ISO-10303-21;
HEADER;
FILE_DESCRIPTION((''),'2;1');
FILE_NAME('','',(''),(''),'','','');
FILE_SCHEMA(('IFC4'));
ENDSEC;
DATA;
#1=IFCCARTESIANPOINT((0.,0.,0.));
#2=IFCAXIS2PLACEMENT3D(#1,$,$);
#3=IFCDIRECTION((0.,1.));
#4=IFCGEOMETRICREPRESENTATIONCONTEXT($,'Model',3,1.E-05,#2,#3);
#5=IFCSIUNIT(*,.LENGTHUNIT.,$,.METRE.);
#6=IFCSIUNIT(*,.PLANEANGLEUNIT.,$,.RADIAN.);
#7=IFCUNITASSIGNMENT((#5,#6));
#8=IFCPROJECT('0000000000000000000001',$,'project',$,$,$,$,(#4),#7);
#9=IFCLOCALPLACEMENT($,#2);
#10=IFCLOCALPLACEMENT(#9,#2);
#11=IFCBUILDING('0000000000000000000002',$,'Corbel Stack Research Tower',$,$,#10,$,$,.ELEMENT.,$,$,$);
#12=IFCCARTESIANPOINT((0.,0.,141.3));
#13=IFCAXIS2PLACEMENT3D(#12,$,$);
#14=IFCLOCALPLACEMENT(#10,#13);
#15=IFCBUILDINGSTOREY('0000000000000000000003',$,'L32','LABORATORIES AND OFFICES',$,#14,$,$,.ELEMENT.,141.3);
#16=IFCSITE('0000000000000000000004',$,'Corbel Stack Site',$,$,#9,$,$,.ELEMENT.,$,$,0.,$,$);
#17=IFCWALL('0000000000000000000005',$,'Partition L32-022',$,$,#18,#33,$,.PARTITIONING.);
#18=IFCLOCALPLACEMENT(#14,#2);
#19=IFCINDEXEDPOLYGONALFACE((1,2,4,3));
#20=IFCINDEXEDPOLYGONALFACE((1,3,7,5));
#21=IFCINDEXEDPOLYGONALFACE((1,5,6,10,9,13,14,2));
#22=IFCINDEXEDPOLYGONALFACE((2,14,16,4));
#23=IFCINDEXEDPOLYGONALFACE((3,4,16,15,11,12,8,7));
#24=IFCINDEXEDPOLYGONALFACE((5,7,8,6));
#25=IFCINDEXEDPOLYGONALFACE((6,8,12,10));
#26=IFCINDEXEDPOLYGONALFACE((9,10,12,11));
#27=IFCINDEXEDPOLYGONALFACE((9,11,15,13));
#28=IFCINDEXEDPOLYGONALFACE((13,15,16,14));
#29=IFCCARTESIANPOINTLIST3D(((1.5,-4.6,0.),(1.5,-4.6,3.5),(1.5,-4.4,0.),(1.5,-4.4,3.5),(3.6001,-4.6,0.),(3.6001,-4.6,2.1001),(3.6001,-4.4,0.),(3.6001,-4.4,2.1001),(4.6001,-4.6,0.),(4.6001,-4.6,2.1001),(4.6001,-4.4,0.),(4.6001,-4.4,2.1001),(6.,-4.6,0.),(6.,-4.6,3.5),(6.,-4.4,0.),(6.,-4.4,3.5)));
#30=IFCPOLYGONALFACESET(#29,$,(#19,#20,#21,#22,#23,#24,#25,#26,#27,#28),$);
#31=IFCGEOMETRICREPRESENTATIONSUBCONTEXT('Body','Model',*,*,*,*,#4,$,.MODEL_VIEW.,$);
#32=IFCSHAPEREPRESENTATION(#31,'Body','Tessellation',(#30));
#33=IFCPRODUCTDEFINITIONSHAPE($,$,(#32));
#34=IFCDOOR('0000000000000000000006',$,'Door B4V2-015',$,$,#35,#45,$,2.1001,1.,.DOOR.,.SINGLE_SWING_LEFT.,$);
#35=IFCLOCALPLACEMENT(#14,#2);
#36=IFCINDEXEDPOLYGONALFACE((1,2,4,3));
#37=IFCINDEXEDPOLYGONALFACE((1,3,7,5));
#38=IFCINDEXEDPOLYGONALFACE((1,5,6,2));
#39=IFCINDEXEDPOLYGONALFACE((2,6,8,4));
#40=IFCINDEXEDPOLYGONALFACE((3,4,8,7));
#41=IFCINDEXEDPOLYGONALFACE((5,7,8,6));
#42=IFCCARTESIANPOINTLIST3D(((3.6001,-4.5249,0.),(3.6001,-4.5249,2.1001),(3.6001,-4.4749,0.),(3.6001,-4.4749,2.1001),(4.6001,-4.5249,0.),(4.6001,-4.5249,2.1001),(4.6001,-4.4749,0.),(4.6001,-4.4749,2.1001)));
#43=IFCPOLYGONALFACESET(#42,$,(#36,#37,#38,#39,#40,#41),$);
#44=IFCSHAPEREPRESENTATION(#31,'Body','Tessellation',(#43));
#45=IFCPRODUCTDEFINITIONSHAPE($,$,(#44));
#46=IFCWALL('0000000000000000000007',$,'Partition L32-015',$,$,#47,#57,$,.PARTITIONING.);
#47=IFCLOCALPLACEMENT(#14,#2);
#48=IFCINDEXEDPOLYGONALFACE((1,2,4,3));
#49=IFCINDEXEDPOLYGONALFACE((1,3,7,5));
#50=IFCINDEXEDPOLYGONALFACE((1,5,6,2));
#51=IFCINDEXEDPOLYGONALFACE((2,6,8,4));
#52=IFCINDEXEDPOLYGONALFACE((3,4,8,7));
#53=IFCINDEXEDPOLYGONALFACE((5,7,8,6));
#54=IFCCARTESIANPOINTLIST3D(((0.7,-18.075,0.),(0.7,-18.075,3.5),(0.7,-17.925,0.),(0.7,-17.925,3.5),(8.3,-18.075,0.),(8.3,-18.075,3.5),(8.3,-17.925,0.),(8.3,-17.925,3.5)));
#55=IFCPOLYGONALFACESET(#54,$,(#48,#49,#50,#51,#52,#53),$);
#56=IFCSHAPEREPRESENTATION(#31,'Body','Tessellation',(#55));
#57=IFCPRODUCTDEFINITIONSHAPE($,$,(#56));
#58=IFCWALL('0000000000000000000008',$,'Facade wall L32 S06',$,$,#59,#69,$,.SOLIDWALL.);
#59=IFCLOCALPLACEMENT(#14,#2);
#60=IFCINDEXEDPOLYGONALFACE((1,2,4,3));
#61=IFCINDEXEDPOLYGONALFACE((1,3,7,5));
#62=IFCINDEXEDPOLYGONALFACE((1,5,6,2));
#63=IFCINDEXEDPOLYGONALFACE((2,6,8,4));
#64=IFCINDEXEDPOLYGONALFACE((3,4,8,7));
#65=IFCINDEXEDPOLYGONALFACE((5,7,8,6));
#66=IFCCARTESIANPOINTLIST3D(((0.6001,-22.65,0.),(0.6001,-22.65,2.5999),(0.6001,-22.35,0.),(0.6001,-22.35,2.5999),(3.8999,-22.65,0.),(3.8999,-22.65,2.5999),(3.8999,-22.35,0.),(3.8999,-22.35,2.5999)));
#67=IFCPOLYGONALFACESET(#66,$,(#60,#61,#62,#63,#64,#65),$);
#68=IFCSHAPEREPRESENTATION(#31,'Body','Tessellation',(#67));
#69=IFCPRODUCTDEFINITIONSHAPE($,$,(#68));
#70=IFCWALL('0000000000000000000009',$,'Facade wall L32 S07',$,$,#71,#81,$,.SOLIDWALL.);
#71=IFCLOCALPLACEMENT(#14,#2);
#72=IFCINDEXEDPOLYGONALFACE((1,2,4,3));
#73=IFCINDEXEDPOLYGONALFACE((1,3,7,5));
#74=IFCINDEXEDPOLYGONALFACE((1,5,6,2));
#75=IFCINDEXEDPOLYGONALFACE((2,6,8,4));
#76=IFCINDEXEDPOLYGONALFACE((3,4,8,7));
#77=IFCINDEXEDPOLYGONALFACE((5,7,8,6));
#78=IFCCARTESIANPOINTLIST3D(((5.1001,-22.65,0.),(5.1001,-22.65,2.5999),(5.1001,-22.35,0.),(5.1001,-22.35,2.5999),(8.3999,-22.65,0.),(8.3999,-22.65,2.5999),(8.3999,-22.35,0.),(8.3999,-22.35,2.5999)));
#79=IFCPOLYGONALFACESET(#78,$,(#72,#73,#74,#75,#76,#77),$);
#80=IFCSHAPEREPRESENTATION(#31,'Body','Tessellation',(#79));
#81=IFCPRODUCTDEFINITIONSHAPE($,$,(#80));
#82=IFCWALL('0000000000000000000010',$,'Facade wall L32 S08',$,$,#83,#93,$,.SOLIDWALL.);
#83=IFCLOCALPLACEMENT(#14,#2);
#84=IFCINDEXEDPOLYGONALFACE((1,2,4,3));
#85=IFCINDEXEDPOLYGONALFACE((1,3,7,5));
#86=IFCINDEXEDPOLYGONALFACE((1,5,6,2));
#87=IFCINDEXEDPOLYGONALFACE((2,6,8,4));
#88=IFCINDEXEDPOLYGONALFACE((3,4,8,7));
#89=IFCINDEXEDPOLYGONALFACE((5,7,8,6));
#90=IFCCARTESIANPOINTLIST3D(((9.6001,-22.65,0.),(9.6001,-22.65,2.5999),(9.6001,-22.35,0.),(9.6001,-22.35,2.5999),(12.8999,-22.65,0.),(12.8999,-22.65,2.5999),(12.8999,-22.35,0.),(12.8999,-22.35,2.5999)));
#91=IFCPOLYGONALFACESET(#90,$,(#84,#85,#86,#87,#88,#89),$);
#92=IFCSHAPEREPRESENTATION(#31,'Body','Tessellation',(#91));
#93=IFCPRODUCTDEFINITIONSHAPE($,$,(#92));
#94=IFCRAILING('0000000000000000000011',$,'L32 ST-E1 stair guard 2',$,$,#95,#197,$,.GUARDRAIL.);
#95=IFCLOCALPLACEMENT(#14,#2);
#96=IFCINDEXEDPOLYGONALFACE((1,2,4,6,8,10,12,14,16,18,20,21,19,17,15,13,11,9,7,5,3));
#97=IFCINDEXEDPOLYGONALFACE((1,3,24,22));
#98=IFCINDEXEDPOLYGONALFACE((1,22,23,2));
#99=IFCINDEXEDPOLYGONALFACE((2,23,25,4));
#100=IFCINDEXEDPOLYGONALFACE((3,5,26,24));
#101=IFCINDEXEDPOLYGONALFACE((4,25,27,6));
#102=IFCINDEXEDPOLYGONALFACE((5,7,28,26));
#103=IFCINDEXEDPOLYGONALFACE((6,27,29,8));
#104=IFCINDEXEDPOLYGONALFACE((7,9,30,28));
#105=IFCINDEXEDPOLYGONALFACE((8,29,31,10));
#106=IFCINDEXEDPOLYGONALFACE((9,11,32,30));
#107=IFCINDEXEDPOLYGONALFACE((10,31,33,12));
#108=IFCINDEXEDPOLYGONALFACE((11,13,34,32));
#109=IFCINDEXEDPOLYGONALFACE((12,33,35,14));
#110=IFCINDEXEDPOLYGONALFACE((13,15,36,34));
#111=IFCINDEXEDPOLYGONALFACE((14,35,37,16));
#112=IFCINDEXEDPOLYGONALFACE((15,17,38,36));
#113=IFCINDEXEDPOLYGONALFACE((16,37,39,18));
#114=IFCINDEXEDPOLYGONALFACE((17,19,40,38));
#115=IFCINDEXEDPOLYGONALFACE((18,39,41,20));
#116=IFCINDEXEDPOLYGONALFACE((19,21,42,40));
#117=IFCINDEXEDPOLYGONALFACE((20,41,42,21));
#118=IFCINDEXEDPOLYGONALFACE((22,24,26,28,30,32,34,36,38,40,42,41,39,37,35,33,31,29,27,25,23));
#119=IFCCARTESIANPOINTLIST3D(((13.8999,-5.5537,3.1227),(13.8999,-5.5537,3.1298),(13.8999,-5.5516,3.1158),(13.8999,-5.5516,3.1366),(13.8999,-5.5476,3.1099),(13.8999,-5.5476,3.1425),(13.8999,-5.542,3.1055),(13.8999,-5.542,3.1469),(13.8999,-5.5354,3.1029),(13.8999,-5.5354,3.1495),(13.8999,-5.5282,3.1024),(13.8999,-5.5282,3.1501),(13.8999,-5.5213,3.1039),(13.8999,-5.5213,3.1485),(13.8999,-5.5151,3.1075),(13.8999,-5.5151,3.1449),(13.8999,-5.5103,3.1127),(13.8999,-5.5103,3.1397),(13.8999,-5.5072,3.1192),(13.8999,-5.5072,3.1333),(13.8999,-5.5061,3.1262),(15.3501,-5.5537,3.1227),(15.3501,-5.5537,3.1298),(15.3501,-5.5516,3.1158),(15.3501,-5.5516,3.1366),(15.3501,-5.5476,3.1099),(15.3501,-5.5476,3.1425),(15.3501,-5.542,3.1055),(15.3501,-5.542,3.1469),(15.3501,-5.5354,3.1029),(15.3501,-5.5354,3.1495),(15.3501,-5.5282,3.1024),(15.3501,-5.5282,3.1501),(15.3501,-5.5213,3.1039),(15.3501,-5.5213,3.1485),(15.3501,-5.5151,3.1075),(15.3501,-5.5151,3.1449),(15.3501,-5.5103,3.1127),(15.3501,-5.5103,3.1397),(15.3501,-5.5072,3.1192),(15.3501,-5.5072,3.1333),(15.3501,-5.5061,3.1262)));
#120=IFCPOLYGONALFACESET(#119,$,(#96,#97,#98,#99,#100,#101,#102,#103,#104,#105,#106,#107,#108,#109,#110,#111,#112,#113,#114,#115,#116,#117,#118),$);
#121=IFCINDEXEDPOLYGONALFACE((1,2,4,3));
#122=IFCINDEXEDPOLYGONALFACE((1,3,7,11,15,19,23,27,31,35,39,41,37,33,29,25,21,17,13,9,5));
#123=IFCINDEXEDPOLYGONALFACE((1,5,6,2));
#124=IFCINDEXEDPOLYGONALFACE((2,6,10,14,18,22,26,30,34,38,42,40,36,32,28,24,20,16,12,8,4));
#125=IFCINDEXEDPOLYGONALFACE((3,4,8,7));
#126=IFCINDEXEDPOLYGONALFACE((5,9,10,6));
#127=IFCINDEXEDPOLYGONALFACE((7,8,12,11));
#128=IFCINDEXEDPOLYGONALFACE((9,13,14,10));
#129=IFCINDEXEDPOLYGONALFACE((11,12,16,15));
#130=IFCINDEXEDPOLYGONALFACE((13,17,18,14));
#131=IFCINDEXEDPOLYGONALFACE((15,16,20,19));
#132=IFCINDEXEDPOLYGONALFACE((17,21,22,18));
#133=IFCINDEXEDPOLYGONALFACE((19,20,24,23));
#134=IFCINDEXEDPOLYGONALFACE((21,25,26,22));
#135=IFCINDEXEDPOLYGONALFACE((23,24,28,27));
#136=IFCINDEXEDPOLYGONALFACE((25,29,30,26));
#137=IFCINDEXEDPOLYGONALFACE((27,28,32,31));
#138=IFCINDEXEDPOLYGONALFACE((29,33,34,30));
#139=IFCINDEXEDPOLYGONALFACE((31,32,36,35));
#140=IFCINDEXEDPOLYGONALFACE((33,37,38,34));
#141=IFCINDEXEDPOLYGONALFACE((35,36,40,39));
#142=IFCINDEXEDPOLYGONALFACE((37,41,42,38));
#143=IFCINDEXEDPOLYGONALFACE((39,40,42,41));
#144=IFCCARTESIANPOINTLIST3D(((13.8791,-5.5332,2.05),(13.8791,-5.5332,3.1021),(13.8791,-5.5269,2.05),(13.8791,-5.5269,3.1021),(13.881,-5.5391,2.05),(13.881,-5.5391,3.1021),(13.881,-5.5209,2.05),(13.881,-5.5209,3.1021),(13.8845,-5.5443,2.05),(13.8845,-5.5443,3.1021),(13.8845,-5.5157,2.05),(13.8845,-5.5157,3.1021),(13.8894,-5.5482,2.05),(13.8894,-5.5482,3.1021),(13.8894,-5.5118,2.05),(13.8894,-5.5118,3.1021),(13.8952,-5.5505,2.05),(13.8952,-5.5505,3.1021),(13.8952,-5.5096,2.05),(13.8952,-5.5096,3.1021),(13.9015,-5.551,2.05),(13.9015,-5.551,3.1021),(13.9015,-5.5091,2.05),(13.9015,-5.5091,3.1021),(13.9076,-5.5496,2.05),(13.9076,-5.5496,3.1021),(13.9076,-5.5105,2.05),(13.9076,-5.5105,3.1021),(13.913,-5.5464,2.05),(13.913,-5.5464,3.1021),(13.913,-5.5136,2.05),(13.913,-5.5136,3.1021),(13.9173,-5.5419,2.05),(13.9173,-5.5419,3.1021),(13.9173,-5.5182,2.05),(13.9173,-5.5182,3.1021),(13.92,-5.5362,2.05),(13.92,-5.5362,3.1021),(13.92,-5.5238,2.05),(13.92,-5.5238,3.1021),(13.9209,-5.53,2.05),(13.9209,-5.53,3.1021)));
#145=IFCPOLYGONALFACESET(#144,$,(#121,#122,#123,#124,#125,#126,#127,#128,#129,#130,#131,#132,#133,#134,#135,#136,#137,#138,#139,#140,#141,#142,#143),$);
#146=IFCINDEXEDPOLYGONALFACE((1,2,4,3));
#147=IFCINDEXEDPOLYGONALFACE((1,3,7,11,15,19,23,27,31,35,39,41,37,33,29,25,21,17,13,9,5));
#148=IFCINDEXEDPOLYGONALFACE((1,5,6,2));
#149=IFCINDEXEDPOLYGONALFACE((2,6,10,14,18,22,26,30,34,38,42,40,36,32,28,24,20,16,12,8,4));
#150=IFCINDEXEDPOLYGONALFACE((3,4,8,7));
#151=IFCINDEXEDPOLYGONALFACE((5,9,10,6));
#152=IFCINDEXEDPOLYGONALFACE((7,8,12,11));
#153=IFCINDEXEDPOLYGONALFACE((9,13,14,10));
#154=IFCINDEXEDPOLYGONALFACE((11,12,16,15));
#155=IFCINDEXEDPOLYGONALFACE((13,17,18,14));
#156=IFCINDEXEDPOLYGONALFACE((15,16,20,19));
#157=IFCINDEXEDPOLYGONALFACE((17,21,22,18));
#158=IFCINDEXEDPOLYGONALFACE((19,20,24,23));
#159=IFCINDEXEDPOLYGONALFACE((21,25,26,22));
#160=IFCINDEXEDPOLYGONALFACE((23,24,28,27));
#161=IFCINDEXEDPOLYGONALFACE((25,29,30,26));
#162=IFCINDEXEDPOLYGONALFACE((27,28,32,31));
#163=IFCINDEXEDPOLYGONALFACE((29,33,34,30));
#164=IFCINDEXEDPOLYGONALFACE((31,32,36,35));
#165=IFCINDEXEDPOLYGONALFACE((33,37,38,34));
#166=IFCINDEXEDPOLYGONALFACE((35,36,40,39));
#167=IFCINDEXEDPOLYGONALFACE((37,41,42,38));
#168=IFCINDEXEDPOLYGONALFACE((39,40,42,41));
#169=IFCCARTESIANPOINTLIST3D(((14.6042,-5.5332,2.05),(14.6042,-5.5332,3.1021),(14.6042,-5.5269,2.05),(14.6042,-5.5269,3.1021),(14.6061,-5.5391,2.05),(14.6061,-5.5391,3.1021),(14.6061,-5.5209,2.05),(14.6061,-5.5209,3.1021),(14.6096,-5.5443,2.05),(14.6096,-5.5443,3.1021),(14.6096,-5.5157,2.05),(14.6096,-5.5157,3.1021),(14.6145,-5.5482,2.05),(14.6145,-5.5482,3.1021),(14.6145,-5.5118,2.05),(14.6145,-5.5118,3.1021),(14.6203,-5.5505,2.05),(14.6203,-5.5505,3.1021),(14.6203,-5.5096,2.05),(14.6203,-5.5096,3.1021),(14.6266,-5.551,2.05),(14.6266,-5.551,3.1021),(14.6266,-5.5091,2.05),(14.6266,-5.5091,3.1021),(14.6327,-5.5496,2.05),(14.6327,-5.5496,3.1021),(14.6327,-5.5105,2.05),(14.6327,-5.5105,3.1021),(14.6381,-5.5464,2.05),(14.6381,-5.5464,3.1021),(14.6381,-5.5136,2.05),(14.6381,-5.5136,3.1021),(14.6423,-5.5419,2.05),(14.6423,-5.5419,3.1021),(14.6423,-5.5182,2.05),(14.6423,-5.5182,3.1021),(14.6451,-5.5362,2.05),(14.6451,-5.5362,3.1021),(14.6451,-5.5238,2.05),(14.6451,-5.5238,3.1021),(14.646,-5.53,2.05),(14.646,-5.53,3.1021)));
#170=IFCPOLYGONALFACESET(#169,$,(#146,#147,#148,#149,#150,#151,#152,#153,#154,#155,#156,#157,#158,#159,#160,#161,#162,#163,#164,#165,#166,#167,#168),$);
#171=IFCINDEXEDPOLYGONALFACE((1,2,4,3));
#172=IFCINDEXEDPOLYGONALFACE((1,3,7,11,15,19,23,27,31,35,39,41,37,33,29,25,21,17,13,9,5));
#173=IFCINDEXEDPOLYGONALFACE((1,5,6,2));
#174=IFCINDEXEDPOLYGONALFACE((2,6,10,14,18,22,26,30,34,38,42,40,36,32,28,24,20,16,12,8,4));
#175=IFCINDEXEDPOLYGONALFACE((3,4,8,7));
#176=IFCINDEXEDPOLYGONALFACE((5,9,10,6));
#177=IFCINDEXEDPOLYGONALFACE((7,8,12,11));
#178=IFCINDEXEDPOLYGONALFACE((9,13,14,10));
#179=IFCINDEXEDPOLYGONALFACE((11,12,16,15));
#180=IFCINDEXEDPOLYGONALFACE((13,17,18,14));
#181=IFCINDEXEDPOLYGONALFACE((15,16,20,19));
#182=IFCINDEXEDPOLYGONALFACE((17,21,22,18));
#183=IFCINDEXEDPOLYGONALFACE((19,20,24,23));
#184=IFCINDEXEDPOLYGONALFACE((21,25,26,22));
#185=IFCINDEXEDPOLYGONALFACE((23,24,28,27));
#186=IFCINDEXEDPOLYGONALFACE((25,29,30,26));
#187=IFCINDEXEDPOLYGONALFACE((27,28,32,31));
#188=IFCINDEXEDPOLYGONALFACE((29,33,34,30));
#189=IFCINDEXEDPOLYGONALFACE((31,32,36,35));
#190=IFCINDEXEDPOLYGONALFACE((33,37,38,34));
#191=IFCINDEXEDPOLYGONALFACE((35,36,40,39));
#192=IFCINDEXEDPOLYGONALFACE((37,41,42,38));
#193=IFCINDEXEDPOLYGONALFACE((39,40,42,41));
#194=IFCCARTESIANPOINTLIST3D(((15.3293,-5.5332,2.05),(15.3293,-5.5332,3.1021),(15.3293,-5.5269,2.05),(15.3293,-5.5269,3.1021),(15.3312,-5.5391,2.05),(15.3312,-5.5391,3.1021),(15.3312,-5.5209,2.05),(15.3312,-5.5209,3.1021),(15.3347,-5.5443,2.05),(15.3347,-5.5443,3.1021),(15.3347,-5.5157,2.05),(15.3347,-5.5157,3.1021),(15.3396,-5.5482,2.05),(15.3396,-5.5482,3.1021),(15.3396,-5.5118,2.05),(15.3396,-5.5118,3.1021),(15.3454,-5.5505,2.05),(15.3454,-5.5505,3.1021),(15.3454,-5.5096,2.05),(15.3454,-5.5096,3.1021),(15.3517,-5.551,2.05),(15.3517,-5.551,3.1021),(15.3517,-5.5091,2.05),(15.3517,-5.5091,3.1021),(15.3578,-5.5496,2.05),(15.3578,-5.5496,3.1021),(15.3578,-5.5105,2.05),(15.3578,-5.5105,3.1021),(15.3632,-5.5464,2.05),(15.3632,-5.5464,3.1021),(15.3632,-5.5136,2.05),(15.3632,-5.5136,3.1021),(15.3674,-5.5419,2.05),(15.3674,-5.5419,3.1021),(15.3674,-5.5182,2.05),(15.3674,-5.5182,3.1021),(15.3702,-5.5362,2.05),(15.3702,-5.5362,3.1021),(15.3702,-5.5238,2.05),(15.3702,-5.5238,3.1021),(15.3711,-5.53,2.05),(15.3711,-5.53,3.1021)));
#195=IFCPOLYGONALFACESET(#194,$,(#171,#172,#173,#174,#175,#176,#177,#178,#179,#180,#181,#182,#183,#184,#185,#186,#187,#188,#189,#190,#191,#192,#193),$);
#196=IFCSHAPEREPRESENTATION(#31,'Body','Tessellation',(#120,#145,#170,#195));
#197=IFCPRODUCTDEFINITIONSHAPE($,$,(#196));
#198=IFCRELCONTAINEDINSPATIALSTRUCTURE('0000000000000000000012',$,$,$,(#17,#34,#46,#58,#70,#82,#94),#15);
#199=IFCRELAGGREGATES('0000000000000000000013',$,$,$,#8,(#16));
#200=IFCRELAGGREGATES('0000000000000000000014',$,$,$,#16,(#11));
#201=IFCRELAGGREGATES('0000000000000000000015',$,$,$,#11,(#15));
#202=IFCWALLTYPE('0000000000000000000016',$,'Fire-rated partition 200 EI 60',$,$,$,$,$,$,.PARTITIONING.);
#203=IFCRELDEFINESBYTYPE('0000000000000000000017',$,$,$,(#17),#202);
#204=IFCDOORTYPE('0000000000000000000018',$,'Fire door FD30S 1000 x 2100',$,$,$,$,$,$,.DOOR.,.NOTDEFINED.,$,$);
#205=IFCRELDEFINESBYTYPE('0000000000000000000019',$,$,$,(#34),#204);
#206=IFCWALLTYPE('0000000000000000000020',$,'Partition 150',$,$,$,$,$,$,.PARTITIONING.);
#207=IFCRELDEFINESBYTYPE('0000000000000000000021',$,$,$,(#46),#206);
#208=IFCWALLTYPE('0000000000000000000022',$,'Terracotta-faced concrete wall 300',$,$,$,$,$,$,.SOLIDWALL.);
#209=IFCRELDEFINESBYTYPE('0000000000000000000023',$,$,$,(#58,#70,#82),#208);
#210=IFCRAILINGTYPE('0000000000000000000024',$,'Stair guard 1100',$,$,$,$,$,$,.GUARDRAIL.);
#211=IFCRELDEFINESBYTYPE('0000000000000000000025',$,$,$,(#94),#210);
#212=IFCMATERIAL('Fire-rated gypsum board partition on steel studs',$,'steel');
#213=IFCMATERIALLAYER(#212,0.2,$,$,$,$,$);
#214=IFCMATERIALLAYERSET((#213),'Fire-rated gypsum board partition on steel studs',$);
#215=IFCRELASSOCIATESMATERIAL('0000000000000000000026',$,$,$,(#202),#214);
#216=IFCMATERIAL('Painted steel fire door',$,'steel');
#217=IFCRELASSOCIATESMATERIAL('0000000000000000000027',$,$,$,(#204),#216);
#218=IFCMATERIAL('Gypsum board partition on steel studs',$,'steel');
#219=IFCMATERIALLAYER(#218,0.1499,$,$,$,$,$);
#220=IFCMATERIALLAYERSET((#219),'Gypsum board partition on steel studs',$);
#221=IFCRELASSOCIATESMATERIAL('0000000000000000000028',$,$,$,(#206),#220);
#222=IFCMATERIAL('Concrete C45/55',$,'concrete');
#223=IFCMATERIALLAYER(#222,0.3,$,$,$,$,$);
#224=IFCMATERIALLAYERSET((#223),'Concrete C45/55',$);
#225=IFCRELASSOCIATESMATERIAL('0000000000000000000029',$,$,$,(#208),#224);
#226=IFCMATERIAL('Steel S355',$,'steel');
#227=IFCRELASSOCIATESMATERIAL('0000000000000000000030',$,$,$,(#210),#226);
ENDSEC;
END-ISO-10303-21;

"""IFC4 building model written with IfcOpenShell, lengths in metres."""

from ifc_helpers import new_model, si_unit, direction, frame, frame_2d, origin, origin_2d, place, context, subcontext, project, spatial, rectangle, circle, extrude, material, layer, layer_set, type_object, element, fill, save


model = new_model("IFC4")

# Units and contexts
model_context = context("Model", 3, precision=1e-05, world=origin(), true_north=direction((0.0, 1.0)))
body_context = subcontext(model_context, "Body", "Model", "MODEL_VIEW")
ifc_project = project(units=[si_unit("LENGTHUNIT", "METRE"), si_unit("PLANEANGLEUNIT", "RADIAN")], contexts=[model_context])

# Site, building, storey
site_placement = place(None, origin())
site = spatial("IfcSite", under=ifc_project, at=site_placement, Name="Corbel Stack Site", CompositionType="ELEMENT", RefElevation=0.0)
building_placement = place(site_placement, origin())
building = spatial("IfcBuilding", under=site, at=building_placement, Name="Corbel Stack Research Tower", CompositionType="ELEMENT")
storey_placement = place(building_placement, frame((0.0, 0.0, 141.3)))
storey = spatial("IfcBuildingStorey", under=building, at=storey_placement, Name="L32", Description="LABORATORIES AND OFFICES", CompositionType="ELEMENT", Elevation=141.3)

# Shared definitions
ifc_material_1 = material(Name="Fire-rated gypsum board partition on steel studs", Category="steel")
ifc_layer_1 = layer(ifc_material_1, 0.2)
ifc_layer_set_1 = layer_set([ifc_layer_1], Name="Fire-rated gypsum board partition on steel studs")
wall_type_1 = type_object("IfcWallType", Name="Fire-rated partition 200 EI 60", PredefinedType="PARTITIONING", material=ifc_layer_set_1)

# Wall, opening, door
wall_1_placement = place(storey_placement, frame((6.0, -4.5, 0.0), z_axis=(0.0, 0.0, 1.0), x_axis=(-1.0, 0.0, 0.0)))
wall_1 = element("IfcWall", 1, at=wall_1_placement, inside=storey, type_object=wall_type_1, Name="Partition L32-022", PredefinedType="PARTITIONING", context=body_context, shape_type="SweptSolid", body=[
    extrude(rectangle(XDim=4.5, YDim=0.2, at=frame_2d((2.25, 0.0))), origin(), (0.0, 0.0, 1.0), 3.5),
])
opening_1_placement = place(wall_1_placement, frame((1.3999, 0.0, 0.0)))
opening_1 = element("IfcOpeningElement", 2, at=opening_1_placement, cuts=wall_1, PredefinedType="OPENING", context=body_context, shape_type="SweptSolid", body=[
    extrude(rectangle(XDim=1.0, YDim=2.1001, at=frame_2d((0.5, 1.05))), frame((0.0, 0.1099, 0.0), z_axis=(0.0, -1.0, 0.0), x_axis=(1.0, 0.0, 0.0)), (0.0, 0.0, 1.0), 0.22),
])
ifc_material_2 = material(Name="Painted steel fire door", Category="steel")
door_type_1 = type_object("IfcDoorType", Name="Fire door FD30S 1000 x 2100", OperationType="NOTDEFINED", PredefinedType="DOOR", material=ifc_material_2)
door_1_placement = place(opening_1_placement, origin())
door_1 = element("IfcDoor", 3, at=door_1_placement, inside=storey, type_object=door_type_1, Name="Door B4V2-015", OperationType="SINGLE_SWING_LEFT", OverallHeight=2.1001, OverallWidth=1.0, PredefinedType="DOOR", context=body_context, shape_type="SweptSolid", body=[
    extrude(rectangle(XDim=1.0, YDim=2.1001, at=frame_2d((0.5, 1.05))), frame((0.0, 0.0249, 0.0), z_axis=(0.0, -1.0, 0.0), x_axis=(1.0, 0.0, 0.0)), (0.0, 0.0, 1.0), 0.05),
])
fill(opening_1, door_1)

# Walls
ifc_material_3 = material(Name="Gypsum board partition on steel studs", Category="steel")
ifc_layer_2 = layer(ifc_material_3, 0.1499)
ifc_layer_set_2 = layer_set([ifc_layer_2], Name="Gypsum board partition on steel studs")
wall_type_2 = type_object("IfcWallType", Name="Partition 150", PredefinedType="PARTITIONING", material=ifc_layer_set_2)
wall_2_placement = place(storey_placement, frame((0.7, -18.0, 0.0), z_axis=(0.0, 0.0, 1.0), x_axis=(1.0, 0.0, 0.0)))
element("IfcWall", 4, at=wall_2_placement, inside=storey, type_object=wall_type_2, Name="Partition L32-015", PredefinedType="PARTITIONING", context=body_context, shape_type="SweptSolid", body=[
    extrude(rectangle(XDim=7.6001, YDim=0.1499, at=frame_2d((3.8, 0.0))), origin(), (0.0, 0.0, 1.0), 3.5),
])
ifc_material_4 = material(Name="Concrete C45/55", Category="concrete")
ifc_layer_3 = layer(ifc_material_4, 0.3)
ifc_layer_set_3 = layer_set([ifc_layer_3], Name="Concrete C45/55")
wall_type_3 = type_object("IfcWallType", Name="Terracotta-faced concrete wall 300", PredefinedType="SOLIDWALL", material=ifc_layer_set_3)
for number, where, z_axis, x_axis, name in (
    (5, (3.8999, -22.5, 0.0), (0.0, 0.0, 1.0), (-1.0, 0.0, 0.0), "Facade wall L32 S06"),
    (6, (8.3999, -22.5, 0.0), (0.0, 0.0, 1.0), (-1.0, 0.0, 0.0), "Facade wall L32 S07"),
    (7, (12.8999, -22.5, 0.0), (0.0, 0.0, 1.0), (-1.0, 0.0, 0.0), "Facade wall L32 S08"),
):
    element("IfcWall", number, at=place(storey_placement, frame(where, z_axis=z_axis, x_axis=x_axis)), inside=storey, type_object=wall_type_3, Name=name, PredefinedType="SOLIDWALL", context=body_context, shape_type="SweptSolid", body=[
        extrude(rectangle(XDim=3.2998, YDim=0.3, at=frame_2d((1.6499, 0.0))), origin(), (0.0, 0.0, 1.0), 2.5999),
    ])

# Railing
ifc_material_5 = material(Name="Steel S355", Category="steel")
railing_type = type_object("IfcRailingType", Name="Stair guard 1100", PredefinedType="GUARDRAIL", material=ifc_material_5)
railing_placement = place(storey_placement, frame((13.8999, -5.53, 2.05)))
element("IfcRailing", 8, at=railing_placement, inside=storey, type_object=railing_type, Name="L32 ST-E1 stair guard 2", PredefinedType="GUARDRAIL", context=body_context, shape_type="SweptSolid", body=[
    extrude(circle(Radius=0.0239, at=origin_2d()), frame((0.0, 0.0, 1.0762), z_axis=(1.0, 0.0, 0.0), x_axis=(0.0, 1.0, 0.0)), (0.0, 0.0, 1.0), 1.4502),
    extrude(circle(Radius=0.021, at=origin_2d()), origin(), (0.0, 0.0, 1.0), 1.052),
    extrude(circle(Radius=0.021, at=origin_2d()), frame((0.7251, 0.0, 0.0)), (0.0, 0.0, 1.0), 1.052),
    extrude(circle(Radius=0.021, at=origin_2d()), frame((1.4502, 0.0, 0.0)), (0.0, 0.0, 1.0), 1.052),
])

save(model, "model.ifc")
